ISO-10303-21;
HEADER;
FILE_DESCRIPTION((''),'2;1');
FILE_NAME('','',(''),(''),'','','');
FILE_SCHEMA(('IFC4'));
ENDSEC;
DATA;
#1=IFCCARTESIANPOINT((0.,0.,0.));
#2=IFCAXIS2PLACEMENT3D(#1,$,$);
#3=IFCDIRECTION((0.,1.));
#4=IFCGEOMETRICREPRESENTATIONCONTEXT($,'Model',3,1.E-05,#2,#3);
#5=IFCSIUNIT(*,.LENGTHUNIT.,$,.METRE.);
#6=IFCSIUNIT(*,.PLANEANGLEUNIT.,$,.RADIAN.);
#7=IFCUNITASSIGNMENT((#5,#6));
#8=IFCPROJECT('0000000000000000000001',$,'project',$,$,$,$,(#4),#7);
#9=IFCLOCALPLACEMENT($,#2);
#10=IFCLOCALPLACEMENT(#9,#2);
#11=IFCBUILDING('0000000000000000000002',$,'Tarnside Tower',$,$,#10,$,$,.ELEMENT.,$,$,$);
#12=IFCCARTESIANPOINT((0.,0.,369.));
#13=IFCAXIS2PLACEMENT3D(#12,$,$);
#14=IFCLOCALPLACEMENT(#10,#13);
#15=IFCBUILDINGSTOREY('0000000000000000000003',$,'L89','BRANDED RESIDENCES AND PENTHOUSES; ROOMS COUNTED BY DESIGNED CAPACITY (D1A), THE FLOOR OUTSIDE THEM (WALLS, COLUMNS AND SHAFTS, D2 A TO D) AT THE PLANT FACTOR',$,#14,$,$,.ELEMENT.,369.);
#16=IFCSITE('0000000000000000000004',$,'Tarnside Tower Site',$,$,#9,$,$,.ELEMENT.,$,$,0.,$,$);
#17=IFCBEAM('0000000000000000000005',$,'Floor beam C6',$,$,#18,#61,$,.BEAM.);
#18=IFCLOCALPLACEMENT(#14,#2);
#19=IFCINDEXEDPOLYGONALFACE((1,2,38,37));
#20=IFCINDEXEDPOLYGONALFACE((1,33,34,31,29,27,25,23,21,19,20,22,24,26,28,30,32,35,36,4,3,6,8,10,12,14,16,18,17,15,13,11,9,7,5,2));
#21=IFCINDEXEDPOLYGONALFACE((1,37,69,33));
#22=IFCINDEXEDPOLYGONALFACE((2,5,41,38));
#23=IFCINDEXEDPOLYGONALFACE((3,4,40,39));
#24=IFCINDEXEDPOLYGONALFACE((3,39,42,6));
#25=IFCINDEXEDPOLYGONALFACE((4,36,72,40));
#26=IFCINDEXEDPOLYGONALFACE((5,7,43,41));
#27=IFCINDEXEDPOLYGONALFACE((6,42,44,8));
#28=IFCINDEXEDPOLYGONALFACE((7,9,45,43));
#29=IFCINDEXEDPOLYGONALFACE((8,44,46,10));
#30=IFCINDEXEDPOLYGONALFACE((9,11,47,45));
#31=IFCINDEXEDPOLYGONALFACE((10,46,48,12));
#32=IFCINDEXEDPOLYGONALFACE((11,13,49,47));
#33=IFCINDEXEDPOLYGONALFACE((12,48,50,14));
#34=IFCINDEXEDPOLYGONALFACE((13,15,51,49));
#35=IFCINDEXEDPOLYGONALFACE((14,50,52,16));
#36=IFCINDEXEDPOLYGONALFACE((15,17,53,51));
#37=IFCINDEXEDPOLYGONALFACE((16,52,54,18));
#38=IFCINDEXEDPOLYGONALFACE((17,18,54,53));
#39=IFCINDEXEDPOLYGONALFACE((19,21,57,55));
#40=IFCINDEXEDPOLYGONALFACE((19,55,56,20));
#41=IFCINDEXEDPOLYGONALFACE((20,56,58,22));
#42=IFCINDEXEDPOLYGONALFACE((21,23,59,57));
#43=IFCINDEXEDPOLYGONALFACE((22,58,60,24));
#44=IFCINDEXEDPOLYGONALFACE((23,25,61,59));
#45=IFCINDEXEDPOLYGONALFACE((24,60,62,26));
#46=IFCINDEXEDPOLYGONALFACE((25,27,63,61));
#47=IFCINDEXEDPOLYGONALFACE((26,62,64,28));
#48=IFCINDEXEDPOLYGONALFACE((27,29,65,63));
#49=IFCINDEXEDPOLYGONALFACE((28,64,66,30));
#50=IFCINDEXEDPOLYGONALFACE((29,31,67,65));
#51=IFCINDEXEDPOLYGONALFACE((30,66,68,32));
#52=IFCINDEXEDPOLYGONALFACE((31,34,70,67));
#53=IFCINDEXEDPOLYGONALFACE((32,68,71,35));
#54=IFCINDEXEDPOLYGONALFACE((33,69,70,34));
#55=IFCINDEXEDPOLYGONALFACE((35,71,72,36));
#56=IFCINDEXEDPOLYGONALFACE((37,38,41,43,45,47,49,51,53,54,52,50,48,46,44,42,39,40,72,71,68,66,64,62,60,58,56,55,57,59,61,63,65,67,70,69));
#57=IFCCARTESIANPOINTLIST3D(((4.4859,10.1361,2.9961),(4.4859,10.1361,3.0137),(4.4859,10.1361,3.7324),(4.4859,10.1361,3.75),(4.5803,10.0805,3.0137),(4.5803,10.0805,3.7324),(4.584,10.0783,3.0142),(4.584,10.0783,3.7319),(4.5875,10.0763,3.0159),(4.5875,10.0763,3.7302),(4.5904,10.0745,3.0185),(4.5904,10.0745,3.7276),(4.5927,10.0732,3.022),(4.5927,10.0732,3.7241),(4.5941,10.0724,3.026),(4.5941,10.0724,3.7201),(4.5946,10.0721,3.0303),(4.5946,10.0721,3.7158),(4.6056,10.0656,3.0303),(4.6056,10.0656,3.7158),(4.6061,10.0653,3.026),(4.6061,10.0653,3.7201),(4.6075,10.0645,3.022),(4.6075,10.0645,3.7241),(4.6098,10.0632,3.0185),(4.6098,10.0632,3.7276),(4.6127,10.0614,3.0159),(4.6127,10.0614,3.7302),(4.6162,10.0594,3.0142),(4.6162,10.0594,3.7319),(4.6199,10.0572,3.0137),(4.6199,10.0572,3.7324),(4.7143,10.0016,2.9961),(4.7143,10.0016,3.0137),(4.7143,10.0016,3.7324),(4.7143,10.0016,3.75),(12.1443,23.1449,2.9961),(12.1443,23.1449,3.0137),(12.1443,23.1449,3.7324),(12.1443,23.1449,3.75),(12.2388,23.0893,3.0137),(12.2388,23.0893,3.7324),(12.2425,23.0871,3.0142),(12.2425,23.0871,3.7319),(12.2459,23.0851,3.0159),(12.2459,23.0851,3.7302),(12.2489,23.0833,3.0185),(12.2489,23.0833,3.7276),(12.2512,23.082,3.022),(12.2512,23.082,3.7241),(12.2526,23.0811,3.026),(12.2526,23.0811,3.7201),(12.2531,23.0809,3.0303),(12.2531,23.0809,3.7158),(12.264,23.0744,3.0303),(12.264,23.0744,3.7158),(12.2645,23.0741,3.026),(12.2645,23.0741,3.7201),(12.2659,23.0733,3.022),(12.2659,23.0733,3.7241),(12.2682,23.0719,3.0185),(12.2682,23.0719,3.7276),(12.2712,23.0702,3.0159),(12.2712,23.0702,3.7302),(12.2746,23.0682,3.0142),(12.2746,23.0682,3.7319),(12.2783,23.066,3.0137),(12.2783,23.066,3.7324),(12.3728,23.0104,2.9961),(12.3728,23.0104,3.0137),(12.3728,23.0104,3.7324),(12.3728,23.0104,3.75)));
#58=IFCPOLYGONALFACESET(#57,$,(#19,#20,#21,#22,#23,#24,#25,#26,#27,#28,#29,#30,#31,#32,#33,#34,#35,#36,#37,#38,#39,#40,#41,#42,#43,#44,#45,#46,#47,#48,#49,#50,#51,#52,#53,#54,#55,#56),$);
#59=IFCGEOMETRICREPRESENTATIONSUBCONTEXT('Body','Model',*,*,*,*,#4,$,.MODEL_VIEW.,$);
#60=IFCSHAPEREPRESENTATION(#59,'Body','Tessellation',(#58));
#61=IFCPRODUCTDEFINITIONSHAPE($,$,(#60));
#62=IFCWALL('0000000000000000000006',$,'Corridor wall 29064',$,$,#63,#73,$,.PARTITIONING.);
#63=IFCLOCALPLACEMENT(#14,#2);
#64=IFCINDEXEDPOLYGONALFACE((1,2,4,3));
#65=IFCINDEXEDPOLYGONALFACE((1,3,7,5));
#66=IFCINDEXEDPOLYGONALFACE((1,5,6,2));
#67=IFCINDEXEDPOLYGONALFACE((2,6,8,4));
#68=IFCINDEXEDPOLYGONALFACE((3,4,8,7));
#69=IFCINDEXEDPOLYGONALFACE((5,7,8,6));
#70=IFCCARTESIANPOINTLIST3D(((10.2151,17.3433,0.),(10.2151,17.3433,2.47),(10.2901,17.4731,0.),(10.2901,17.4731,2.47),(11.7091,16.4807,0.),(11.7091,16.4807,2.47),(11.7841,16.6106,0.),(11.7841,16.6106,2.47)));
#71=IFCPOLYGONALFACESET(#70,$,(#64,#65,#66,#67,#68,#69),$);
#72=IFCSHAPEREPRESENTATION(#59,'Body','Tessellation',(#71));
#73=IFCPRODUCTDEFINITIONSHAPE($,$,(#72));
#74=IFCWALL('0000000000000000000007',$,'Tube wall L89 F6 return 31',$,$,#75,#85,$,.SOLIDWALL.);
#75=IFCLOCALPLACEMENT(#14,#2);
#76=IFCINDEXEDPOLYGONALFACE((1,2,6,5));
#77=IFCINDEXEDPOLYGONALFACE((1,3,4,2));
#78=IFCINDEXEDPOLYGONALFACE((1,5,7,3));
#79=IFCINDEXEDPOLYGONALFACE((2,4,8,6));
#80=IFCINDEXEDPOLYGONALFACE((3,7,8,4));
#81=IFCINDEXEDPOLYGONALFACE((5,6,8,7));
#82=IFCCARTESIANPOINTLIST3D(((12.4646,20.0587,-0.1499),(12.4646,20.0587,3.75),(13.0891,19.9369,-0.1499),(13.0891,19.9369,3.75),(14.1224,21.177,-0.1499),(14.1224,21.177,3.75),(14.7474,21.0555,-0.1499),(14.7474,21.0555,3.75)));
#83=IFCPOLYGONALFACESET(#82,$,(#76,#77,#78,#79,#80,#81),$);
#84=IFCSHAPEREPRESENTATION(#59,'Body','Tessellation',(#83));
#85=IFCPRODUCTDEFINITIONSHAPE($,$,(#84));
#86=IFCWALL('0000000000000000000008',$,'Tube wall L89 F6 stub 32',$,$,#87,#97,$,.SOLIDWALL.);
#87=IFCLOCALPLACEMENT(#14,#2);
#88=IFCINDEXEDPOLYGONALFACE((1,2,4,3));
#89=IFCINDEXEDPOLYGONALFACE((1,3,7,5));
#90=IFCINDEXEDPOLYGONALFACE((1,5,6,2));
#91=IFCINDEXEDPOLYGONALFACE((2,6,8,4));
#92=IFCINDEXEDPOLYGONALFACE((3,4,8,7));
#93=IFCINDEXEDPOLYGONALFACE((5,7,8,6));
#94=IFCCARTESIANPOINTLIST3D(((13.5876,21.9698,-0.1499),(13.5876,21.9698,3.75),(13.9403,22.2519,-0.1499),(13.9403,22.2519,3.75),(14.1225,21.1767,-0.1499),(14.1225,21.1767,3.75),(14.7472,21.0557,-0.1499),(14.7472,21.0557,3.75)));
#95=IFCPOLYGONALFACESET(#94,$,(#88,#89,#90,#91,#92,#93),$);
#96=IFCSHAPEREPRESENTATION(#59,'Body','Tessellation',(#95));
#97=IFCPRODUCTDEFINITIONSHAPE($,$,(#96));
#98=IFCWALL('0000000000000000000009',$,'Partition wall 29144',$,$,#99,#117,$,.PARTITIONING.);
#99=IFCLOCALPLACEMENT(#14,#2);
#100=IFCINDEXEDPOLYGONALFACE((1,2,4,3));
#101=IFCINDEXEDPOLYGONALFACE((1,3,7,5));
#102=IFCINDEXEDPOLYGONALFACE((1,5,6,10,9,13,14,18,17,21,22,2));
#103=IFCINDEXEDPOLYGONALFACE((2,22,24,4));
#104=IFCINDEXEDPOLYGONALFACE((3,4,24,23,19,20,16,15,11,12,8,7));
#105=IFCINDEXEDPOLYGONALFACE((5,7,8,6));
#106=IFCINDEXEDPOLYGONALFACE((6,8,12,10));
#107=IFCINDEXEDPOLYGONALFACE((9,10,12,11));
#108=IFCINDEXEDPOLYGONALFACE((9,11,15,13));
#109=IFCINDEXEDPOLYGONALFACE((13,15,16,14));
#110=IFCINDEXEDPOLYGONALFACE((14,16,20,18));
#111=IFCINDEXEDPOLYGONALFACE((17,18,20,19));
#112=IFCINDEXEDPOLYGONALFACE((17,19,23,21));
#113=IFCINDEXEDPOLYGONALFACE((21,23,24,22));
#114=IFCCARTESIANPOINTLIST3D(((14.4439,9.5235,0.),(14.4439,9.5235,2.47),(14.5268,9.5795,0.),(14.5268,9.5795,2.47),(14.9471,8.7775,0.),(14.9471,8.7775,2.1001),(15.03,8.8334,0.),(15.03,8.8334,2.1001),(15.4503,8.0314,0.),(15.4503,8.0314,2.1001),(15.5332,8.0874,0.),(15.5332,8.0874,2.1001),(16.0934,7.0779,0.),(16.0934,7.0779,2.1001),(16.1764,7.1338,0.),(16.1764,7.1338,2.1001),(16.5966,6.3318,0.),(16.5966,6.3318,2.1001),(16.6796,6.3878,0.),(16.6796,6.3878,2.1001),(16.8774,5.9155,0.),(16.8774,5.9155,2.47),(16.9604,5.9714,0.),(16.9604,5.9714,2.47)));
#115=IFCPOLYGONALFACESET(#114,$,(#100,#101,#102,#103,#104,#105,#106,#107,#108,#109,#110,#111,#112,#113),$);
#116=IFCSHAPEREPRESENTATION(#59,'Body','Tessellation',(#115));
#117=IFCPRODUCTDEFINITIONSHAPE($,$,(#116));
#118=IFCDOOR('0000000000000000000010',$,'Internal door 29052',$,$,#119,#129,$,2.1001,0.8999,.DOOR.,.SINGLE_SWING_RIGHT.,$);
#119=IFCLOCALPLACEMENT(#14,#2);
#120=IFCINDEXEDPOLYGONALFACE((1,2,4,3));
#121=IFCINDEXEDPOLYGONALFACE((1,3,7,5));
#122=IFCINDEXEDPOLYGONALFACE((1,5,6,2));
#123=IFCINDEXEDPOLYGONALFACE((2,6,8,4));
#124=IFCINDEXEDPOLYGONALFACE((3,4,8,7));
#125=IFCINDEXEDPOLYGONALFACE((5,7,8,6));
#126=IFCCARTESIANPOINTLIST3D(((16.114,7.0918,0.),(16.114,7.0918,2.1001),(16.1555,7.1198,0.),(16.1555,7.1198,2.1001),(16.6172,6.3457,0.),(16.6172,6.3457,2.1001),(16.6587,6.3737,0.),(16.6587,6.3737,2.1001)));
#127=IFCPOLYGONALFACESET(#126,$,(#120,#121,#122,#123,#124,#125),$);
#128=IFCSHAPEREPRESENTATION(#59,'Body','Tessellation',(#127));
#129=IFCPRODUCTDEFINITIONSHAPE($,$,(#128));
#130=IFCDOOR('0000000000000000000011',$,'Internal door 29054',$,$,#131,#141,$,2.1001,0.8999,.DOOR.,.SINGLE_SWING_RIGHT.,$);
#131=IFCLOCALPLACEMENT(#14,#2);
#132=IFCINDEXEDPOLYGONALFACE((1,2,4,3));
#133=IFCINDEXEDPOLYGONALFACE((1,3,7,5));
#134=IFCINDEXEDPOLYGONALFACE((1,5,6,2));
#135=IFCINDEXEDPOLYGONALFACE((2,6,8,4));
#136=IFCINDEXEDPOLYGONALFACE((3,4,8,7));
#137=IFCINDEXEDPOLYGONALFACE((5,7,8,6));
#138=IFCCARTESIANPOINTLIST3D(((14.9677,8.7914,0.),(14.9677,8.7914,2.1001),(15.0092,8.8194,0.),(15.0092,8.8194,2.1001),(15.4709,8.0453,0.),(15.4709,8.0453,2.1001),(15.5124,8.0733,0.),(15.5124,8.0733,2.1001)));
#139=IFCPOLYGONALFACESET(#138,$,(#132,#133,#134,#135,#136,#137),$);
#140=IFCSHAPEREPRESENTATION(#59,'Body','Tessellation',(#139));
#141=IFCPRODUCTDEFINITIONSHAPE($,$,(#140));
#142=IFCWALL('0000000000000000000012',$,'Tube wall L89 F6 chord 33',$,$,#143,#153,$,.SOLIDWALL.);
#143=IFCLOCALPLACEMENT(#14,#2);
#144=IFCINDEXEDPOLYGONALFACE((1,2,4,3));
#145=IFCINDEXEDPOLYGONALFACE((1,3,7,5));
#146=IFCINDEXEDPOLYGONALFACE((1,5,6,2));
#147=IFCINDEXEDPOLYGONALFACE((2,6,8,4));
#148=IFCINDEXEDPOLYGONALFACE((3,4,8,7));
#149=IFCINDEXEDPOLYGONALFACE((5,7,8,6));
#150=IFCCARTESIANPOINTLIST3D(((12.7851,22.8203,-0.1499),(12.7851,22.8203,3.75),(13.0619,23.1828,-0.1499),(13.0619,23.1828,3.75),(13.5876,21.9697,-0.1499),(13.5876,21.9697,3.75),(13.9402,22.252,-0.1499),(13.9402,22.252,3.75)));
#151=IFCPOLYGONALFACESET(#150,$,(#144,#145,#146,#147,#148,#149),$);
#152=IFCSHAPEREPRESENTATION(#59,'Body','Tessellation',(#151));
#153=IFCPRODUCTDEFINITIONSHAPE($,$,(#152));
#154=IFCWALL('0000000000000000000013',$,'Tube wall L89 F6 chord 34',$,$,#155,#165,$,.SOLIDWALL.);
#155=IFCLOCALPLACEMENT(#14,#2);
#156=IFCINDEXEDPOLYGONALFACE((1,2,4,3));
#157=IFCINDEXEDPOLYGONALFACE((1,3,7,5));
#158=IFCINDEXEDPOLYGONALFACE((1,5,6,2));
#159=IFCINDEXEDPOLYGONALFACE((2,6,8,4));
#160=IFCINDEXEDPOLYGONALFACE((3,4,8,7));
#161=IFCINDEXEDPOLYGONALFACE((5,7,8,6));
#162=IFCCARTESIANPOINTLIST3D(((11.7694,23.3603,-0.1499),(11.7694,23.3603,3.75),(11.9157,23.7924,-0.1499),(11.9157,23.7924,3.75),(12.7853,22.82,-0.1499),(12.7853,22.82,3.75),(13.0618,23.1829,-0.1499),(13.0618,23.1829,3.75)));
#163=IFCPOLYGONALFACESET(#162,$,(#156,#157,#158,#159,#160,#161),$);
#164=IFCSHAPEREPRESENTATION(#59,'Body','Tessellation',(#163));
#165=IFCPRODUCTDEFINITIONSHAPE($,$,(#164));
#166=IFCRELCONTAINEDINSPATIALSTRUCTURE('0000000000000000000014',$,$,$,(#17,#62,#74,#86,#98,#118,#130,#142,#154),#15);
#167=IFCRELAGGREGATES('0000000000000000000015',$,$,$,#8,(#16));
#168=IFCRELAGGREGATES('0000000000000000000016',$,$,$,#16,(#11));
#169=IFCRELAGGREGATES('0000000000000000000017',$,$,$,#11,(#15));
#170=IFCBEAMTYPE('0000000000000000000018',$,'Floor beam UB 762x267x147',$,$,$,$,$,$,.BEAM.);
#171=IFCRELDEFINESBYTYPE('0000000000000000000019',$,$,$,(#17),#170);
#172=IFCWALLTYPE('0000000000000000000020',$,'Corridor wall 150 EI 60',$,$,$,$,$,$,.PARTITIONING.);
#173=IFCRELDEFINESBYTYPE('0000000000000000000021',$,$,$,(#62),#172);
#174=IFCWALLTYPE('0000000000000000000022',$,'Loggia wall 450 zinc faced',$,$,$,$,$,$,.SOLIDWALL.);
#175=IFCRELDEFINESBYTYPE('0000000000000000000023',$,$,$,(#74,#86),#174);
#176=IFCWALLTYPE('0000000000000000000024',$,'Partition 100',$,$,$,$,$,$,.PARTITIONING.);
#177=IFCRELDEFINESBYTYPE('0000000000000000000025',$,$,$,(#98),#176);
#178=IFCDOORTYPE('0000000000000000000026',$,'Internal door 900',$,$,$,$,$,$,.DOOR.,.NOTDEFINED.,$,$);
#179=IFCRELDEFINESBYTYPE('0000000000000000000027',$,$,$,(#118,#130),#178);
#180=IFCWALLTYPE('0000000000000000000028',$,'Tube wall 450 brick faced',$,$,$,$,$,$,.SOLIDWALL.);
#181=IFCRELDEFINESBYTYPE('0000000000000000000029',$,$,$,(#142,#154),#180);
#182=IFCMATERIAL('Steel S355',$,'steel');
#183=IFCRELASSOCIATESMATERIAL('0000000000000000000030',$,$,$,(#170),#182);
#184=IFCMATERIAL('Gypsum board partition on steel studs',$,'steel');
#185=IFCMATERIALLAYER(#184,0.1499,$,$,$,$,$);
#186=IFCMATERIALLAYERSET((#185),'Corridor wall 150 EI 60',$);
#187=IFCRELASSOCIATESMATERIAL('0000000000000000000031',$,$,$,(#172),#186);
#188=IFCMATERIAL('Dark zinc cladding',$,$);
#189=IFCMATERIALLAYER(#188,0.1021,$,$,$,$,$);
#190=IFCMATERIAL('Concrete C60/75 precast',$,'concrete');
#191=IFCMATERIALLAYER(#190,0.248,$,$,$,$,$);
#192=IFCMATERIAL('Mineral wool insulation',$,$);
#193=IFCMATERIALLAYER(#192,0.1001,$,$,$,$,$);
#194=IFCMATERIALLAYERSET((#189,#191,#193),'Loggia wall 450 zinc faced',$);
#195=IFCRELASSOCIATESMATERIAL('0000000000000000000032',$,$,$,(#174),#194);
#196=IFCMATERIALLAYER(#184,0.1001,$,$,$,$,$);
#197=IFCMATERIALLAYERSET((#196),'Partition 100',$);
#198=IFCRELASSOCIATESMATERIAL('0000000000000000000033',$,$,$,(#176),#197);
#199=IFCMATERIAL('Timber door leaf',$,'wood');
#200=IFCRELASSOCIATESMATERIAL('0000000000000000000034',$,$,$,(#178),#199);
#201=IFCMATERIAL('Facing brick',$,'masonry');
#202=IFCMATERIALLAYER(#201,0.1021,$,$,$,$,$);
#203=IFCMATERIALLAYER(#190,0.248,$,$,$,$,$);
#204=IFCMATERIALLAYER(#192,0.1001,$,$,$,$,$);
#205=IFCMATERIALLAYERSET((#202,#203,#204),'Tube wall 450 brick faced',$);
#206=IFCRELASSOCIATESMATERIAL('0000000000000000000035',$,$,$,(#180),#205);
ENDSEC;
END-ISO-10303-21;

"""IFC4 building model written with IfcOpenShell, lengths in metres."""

from ifc_helpers import new_model, si_unit, direction, frame, frame_2d, origin, origin_2d, place, context, subcontext, project, spatial, polyline, rectangle, i_section, outline, extrude, material, layer, layer_set, material_profile, profile_set, type_object, element, fill, save


model = new_model("IFC4")

# Units and contexts
model_context = context("Model", 3, precision=1e-05, world=origin(), true_north=direction((0.0, 1.0)))
body_context = subcontext(model_context, "Body", "Model", "MODEL_VIEW")
ifc_project = project(units=[si_unit("LENGTHUNIT", "METRE"), si_unit("PLANEANGLEUNIT", "RADIAN")], contexts=[model_context])

# Site, building, storey
site_placement = place(None, origin())
site = spatial("IfcSite", under=ifc_project, at=site_placement, Name="Tarnside Tower Site", CompositionType="ELEMENT", RefElevation=0.0)
building_placement = place(site_placement, origin())
building = spatial("IfcBuilding", under=site, at=building_placement, Name="Tarnside Tower", CompositionType="ELEMENT")
storey_placement = place(building_placement, frame((0.0, 0.0, 369.0)))
storey = spatial("IfcBuildingStorey", under=building, at=storey_placement, Name="L89", Description="BRANDED RESIDENCES AND PENTHOUSES; ROOMS COUNTED BY DESIGNED CAPACITY (D1A), THE FLOOR OUTSIDE THEM (WALLS, COLUMNS AND SHAFTS, D2 A TO D) AT THE PLANT FACTOR", CompositionType="ELEMENT", Elevation=369.0)

# Beam
ifc_material_1 = material(Name="Steel S355", Category="steel")
ifc_material_profile_1 = material_profile(ifc_material_1, i_section(OverallWidth=0.2651, OverallDepth=0.7539, WebThickness=0.0127, FlangeThickness=0.0176, FilletRadius=0.0166, at=origin_2d()), Name="UB 762x267x147")
ifc_profile_set_1 = profile_set([ifc_material_profile_1], Name="Steel S355")
beam_type_1 = type_object("IfcBeamType", Name="Floor beam UB 762x267x147", PredefinedType="BEAM", material=ifc_profile_set_1)
beam_1_placement = place(storey_placement, frame((12.2585, 23.0776, 3.373), z_axis=(-0.507326, -0.861754, 0.0), x_axis=(0.861754, -0.507326, 0.0)))
element("IfcBeam", 1, at=beam_1_placement, inside=storey, type_object=beam_type_1, Name="Floor beam C6", PredefinedType="BEAM", context=body_context, shape_type="SweptSolid", body=[
    extrude(i_section(OverallWidth=0.2651, OverallDepth=0.7539, WebThickness=0.0127, FlangeThickness=0.0176, FilletRadius=0.0166, at=origin_2d()), origin(), (0.0, 0.0, 1.0), 15.0957),
])

# Walls
ifc_material_2 = material(Name="Gypsum board partition on steel studs", Category="steel")
ifc_layer_1 = layer(ifc_material_2, 0.1499)
ifc_layer_set_1 = layer_set([ifc_layer_1], Name="Corridor wall 150 EI 60")
wall_type_1 = type_object("IfcWallType", Name="Corridor wall 150 EI 60", PredefinedType="PARTITIONING", material=ifc_layer_set_1)
wall_1_placement = place(storey_placement, frame((11.7466, 16.5457, 0.0), z_axis=(0.0, 0.0, 1.0), x_axis=(-0.866014, 0.500021, 0.0)))
element("IfcWall", 2, at=wall_1_placement, inside=storey, type_object=wall_type_1, Name="Corridor wall 29064", PredefinedType="PARTITIONING", context=body_context, shape_type="SweptSolid", body=[
    extrude(rectangle(XDim=1.7251, YDim=0.1499, at=frame_2d((0.8625, 0.0))), origin(), (0.0, 0.0, 1.0), 2.47),
])
ifc_material_3 = material(Name="Dark zinc cladding")
ifc_layer_2 = layer(ifc_material_3, 0.1021)
ifc_material_4 = material(Name="Concrete C60/75 precast", Category="concrete")
ifc_layer_3 = layer(ifc_material_4, 0.248)
ifc_material_5 = material(Name="Mineral wool insulation")
ifc_layer_4 = layer(ifc_material_5, 0.1001)
ifc_layer_set_2 = layer_set([ifc_layer_2, ifc_layer_3, ifc_layer_4], Name="Loggia wall 450 zinc faced")
wall_type_2 = type_object("IfcWallType", Name="Loggia wall 450 zinc faced", PredefinedType="SOLIDWALL", material=ifc_layer_set_2)
wall_2_placement = place(storey_placement, frame((12.7769, 19.9978, -0.1499), z_axis=(0.0, 0.0, 1.0), x_axis=(0.829014, 0.559228, 0.0)))
element("IfcWall", 3, at=wall_2_placement, inside=storey, type_object=wall_type_2, Name="Tube wall L89 F6 return 31", PredefinedType="SOLIDWALL", context=body_context, shape_type="SweptSolid", body=[
    extrude(outline(polyline([(0.2249, -0.2251), (2.2251, -0.2251), (1.7749, 0.2251), (-0.2249, 0.2251), (0.2249, -0.2251)])), origin(), (0.0, 0.0, 1.0), 3.8999),
])
wall_3_placement = place(storey_placement, frame((14.4348, 21.1162, -0.1499), z_axis=(0.0, 0.0, 1.0), x_axis=(-0.5592, 0.829033, 0.0)))
element("IfcWall", 4, at=wall_3_placement, inside=storey, type_object=wall_type_2, Name="Tube wall L89 F6 stub 32", PredefinedType="SOLIDWALL", context=body_context, shape_type="SweptSolid", body=[
    extrude(outline(polyline([(-0.2249, -0.2251), (1.218, -0.2251), (1.1814, 0.2251), (0.2249, 0.2251), (-0.2249, -0.2251)])), origin(), (0.0, 0.0, 1.0), 3.8999),
])

# Wall, openings, doors
ifc_layer_5 = layer(ifc_material_2, 0.1001)
ifc_layer_set_3 = layer_set([ifc_layer_5], Name="Partition 100")
wall_type_3 = type_object("IfcWallType", Name="Partition 100", PredefinedType="PARTITIONING", material=ifc_layer_set_3)
wall_4_placement = place(storey_placement, frame((14.4854, 9.5515, 0.0), z_axis=(0.0, 0.0, 1.0), x_axis=(0.559171, -0.829052, 0.0)))
wall_4 = element("IfcWall", 5, at=wall_4_placement, inside=storey, type_object=wall_type_3, Name="Partition wall 29144", PredefinedType="PARTITIONING", context=body_context, shape_type="SweptSolid", body=[
    extrude(rectangle(XDim=4.3521, YDim=0.1001, at=frame_2d((2.176, 0.0))), origin(), (0.0, 0.0, 1.0), 2.47),
])
opening_1_placement = place(wall_4_placement, frame((2.95, 0.0, 0.0)))
opening_1 = element("IfcOpeningElement", 6, at=opening_1_placement, cuts=wall_4, PredefinedType="OPENING", context=body_context, shape_type="SweptSolid", body=[
    extrude(rectangle(XDim=0.8999, YDim=2.1001, at=frame_2d((0.45, 1.05))), frame((0.0, 0.0601, 0.0), z_axis=(0.0, -1.0, 0.0), x_axis=(1.0, 0.0, 0.0)), (0.0, 0.0, 1.0), 0.1201),
])
opening_2_placement = place(wall_4_placement, frame((0.8999, 0.0, 0.0)))
opening_2 = element("IfcOpeningElement", 7, at=opening_2_placement, cuts=wall_4, PredefinedType="OPENING", context=body_context, shape_type="SweptSolid", body=[
    extrude(rectangle(XDim=0.8999, YDim=2.1001, at=frame_2d((0.45, 1.05))), frame((0.0, 0.0601, 0.0), z_axis=(0.0, -1.0, 0.0), x_axis=(1.0, 0.0, 0.0)), (0.0, 0.0, 1.0), 0.1201),
])
ifc_material_6 = material(Name="Timber door leaf", Category="wood")
door_type = type_object("IfcDoorType", Name="Internal door 900", OperationType="NOTDEFINED", PredefinedType="DOOR", material=ifc_material_6)
door_1_placement = place(opening_1_placement, origin())
door_1 = element("IfcDoor", 8, at=door_1_placement, inside=storey, type_object=door_type, Name="Internal door 29052", OperationType="SINGLE_SWING_RIGHT", OverallHeight=2.1001, OverallWidth=0.8999, PredefinedType="DOOR", context=body_context, shape_type="SweptSolid", body=[
    extrude(rectangle(XDim=0.8999, YDim=2.1001, at=frame_2d((0.45, 1.05))), frame((0.0, 0.0249, 0.0), z_axis=(0.0, -1.0, 0.0), x_axis=(1.0, 0.0, 0.0)), (0.0, 0.0, 1.0), 0.05),
])
fill(opening_1, door_1)
door_2_placement = place(opening_2_placement, origin())
door_2 = element("IfcDoor", 9, at=door_2_placement, inside=storey, type_object=door_type, Name="Internal door 29054", OperationType="SINGLE_SWING_RIGHT", OverallHeight=2.1001, OverallWidth=0.8999, PredefinedType="DOOR", context=body_context, shape_type="SweptSolid", body=[
    extrude(rectangle(XDim=0.8999, YDim=2.1001, at=frame_2d((0.45, 1.05))), frame((0.0, 0.0249, 0.0), z_axis=(0.0, -1.0, 0.0), x_axis=(1.0, 0.0, 0.0)), (0.0, 0.0, 1.0), 0.05),
])
fill(opening_2, door_2)

# Walls
ifc_material_7 = material(Name="Facing brick", Category="masonry")
ifc_layer_6 = layer(ifc_material_7, 0.1021)
ifc_layer_7 = layer(ifc_material_4, 0.248)
ifc_layer_8 = layer(ifc_material_5, 0.1001)
ifc_layer_set_4 = layer_set([ifc_layer_6, ifc_layer_7, ifc_layer_8], Name="Tube wall 450 brick faced")
wall_type_4 = type_object("IfcWallType", Name="Tube wall 450 brick faced", PredefinedType="SOLIDWALL", material=ifc_layer_set_4)
wall_5_placement = place(storey_placement, frame((13.7639, 22.1108, -0.1499), z_axis=(0.0, 0.0, 1.0), x_axis=(-0.686272, 0.727345, 0.0)))
element("IfcWall", 10, at=wall_5_placement, inside=storey, type_object=wall_type_4, Name="Tube wall L89 F6 chord 33", PredefinedType="SOLIDWALL", context=body_context, shape_type="SweptSolid", body=[
    extrude(outline(polyline([(-0.0183, -0.2251), (1.2615, -0.2251), (1.1877, 0.2251), (0.0183, 0.2251), (-0.0183, -0.2251)])), origin(), (0.0, 0.0, 1.0), 3.8999),
])
wall_6_placement = place(storey_placement, frame((12.9236, 23.0015, -0.1499), z_axis=(0.0, 0.0, 1.0), x_axis=(-0.882899, 0.469563, 0.0)))
element("IfcWall", 11, at=wall_6_placement, inside=storey, type_object=wall_type_4, Name="Tube wall L89 F6 chord 34", PredefinedType="SOLIDWALL", context=body_context, shape_type="SweptSolid", body=[
    extrude(outline(polyline([(-0.0369, -0.2251), (1.2612, -0.2251), (1.1875, 0.2251), (0.0369, 0.2251), (-0.0369, -0.2251)])), origin(), (0.0, 0.0, 1.0), 3.8999),
])

save(model, "model.ifc")
